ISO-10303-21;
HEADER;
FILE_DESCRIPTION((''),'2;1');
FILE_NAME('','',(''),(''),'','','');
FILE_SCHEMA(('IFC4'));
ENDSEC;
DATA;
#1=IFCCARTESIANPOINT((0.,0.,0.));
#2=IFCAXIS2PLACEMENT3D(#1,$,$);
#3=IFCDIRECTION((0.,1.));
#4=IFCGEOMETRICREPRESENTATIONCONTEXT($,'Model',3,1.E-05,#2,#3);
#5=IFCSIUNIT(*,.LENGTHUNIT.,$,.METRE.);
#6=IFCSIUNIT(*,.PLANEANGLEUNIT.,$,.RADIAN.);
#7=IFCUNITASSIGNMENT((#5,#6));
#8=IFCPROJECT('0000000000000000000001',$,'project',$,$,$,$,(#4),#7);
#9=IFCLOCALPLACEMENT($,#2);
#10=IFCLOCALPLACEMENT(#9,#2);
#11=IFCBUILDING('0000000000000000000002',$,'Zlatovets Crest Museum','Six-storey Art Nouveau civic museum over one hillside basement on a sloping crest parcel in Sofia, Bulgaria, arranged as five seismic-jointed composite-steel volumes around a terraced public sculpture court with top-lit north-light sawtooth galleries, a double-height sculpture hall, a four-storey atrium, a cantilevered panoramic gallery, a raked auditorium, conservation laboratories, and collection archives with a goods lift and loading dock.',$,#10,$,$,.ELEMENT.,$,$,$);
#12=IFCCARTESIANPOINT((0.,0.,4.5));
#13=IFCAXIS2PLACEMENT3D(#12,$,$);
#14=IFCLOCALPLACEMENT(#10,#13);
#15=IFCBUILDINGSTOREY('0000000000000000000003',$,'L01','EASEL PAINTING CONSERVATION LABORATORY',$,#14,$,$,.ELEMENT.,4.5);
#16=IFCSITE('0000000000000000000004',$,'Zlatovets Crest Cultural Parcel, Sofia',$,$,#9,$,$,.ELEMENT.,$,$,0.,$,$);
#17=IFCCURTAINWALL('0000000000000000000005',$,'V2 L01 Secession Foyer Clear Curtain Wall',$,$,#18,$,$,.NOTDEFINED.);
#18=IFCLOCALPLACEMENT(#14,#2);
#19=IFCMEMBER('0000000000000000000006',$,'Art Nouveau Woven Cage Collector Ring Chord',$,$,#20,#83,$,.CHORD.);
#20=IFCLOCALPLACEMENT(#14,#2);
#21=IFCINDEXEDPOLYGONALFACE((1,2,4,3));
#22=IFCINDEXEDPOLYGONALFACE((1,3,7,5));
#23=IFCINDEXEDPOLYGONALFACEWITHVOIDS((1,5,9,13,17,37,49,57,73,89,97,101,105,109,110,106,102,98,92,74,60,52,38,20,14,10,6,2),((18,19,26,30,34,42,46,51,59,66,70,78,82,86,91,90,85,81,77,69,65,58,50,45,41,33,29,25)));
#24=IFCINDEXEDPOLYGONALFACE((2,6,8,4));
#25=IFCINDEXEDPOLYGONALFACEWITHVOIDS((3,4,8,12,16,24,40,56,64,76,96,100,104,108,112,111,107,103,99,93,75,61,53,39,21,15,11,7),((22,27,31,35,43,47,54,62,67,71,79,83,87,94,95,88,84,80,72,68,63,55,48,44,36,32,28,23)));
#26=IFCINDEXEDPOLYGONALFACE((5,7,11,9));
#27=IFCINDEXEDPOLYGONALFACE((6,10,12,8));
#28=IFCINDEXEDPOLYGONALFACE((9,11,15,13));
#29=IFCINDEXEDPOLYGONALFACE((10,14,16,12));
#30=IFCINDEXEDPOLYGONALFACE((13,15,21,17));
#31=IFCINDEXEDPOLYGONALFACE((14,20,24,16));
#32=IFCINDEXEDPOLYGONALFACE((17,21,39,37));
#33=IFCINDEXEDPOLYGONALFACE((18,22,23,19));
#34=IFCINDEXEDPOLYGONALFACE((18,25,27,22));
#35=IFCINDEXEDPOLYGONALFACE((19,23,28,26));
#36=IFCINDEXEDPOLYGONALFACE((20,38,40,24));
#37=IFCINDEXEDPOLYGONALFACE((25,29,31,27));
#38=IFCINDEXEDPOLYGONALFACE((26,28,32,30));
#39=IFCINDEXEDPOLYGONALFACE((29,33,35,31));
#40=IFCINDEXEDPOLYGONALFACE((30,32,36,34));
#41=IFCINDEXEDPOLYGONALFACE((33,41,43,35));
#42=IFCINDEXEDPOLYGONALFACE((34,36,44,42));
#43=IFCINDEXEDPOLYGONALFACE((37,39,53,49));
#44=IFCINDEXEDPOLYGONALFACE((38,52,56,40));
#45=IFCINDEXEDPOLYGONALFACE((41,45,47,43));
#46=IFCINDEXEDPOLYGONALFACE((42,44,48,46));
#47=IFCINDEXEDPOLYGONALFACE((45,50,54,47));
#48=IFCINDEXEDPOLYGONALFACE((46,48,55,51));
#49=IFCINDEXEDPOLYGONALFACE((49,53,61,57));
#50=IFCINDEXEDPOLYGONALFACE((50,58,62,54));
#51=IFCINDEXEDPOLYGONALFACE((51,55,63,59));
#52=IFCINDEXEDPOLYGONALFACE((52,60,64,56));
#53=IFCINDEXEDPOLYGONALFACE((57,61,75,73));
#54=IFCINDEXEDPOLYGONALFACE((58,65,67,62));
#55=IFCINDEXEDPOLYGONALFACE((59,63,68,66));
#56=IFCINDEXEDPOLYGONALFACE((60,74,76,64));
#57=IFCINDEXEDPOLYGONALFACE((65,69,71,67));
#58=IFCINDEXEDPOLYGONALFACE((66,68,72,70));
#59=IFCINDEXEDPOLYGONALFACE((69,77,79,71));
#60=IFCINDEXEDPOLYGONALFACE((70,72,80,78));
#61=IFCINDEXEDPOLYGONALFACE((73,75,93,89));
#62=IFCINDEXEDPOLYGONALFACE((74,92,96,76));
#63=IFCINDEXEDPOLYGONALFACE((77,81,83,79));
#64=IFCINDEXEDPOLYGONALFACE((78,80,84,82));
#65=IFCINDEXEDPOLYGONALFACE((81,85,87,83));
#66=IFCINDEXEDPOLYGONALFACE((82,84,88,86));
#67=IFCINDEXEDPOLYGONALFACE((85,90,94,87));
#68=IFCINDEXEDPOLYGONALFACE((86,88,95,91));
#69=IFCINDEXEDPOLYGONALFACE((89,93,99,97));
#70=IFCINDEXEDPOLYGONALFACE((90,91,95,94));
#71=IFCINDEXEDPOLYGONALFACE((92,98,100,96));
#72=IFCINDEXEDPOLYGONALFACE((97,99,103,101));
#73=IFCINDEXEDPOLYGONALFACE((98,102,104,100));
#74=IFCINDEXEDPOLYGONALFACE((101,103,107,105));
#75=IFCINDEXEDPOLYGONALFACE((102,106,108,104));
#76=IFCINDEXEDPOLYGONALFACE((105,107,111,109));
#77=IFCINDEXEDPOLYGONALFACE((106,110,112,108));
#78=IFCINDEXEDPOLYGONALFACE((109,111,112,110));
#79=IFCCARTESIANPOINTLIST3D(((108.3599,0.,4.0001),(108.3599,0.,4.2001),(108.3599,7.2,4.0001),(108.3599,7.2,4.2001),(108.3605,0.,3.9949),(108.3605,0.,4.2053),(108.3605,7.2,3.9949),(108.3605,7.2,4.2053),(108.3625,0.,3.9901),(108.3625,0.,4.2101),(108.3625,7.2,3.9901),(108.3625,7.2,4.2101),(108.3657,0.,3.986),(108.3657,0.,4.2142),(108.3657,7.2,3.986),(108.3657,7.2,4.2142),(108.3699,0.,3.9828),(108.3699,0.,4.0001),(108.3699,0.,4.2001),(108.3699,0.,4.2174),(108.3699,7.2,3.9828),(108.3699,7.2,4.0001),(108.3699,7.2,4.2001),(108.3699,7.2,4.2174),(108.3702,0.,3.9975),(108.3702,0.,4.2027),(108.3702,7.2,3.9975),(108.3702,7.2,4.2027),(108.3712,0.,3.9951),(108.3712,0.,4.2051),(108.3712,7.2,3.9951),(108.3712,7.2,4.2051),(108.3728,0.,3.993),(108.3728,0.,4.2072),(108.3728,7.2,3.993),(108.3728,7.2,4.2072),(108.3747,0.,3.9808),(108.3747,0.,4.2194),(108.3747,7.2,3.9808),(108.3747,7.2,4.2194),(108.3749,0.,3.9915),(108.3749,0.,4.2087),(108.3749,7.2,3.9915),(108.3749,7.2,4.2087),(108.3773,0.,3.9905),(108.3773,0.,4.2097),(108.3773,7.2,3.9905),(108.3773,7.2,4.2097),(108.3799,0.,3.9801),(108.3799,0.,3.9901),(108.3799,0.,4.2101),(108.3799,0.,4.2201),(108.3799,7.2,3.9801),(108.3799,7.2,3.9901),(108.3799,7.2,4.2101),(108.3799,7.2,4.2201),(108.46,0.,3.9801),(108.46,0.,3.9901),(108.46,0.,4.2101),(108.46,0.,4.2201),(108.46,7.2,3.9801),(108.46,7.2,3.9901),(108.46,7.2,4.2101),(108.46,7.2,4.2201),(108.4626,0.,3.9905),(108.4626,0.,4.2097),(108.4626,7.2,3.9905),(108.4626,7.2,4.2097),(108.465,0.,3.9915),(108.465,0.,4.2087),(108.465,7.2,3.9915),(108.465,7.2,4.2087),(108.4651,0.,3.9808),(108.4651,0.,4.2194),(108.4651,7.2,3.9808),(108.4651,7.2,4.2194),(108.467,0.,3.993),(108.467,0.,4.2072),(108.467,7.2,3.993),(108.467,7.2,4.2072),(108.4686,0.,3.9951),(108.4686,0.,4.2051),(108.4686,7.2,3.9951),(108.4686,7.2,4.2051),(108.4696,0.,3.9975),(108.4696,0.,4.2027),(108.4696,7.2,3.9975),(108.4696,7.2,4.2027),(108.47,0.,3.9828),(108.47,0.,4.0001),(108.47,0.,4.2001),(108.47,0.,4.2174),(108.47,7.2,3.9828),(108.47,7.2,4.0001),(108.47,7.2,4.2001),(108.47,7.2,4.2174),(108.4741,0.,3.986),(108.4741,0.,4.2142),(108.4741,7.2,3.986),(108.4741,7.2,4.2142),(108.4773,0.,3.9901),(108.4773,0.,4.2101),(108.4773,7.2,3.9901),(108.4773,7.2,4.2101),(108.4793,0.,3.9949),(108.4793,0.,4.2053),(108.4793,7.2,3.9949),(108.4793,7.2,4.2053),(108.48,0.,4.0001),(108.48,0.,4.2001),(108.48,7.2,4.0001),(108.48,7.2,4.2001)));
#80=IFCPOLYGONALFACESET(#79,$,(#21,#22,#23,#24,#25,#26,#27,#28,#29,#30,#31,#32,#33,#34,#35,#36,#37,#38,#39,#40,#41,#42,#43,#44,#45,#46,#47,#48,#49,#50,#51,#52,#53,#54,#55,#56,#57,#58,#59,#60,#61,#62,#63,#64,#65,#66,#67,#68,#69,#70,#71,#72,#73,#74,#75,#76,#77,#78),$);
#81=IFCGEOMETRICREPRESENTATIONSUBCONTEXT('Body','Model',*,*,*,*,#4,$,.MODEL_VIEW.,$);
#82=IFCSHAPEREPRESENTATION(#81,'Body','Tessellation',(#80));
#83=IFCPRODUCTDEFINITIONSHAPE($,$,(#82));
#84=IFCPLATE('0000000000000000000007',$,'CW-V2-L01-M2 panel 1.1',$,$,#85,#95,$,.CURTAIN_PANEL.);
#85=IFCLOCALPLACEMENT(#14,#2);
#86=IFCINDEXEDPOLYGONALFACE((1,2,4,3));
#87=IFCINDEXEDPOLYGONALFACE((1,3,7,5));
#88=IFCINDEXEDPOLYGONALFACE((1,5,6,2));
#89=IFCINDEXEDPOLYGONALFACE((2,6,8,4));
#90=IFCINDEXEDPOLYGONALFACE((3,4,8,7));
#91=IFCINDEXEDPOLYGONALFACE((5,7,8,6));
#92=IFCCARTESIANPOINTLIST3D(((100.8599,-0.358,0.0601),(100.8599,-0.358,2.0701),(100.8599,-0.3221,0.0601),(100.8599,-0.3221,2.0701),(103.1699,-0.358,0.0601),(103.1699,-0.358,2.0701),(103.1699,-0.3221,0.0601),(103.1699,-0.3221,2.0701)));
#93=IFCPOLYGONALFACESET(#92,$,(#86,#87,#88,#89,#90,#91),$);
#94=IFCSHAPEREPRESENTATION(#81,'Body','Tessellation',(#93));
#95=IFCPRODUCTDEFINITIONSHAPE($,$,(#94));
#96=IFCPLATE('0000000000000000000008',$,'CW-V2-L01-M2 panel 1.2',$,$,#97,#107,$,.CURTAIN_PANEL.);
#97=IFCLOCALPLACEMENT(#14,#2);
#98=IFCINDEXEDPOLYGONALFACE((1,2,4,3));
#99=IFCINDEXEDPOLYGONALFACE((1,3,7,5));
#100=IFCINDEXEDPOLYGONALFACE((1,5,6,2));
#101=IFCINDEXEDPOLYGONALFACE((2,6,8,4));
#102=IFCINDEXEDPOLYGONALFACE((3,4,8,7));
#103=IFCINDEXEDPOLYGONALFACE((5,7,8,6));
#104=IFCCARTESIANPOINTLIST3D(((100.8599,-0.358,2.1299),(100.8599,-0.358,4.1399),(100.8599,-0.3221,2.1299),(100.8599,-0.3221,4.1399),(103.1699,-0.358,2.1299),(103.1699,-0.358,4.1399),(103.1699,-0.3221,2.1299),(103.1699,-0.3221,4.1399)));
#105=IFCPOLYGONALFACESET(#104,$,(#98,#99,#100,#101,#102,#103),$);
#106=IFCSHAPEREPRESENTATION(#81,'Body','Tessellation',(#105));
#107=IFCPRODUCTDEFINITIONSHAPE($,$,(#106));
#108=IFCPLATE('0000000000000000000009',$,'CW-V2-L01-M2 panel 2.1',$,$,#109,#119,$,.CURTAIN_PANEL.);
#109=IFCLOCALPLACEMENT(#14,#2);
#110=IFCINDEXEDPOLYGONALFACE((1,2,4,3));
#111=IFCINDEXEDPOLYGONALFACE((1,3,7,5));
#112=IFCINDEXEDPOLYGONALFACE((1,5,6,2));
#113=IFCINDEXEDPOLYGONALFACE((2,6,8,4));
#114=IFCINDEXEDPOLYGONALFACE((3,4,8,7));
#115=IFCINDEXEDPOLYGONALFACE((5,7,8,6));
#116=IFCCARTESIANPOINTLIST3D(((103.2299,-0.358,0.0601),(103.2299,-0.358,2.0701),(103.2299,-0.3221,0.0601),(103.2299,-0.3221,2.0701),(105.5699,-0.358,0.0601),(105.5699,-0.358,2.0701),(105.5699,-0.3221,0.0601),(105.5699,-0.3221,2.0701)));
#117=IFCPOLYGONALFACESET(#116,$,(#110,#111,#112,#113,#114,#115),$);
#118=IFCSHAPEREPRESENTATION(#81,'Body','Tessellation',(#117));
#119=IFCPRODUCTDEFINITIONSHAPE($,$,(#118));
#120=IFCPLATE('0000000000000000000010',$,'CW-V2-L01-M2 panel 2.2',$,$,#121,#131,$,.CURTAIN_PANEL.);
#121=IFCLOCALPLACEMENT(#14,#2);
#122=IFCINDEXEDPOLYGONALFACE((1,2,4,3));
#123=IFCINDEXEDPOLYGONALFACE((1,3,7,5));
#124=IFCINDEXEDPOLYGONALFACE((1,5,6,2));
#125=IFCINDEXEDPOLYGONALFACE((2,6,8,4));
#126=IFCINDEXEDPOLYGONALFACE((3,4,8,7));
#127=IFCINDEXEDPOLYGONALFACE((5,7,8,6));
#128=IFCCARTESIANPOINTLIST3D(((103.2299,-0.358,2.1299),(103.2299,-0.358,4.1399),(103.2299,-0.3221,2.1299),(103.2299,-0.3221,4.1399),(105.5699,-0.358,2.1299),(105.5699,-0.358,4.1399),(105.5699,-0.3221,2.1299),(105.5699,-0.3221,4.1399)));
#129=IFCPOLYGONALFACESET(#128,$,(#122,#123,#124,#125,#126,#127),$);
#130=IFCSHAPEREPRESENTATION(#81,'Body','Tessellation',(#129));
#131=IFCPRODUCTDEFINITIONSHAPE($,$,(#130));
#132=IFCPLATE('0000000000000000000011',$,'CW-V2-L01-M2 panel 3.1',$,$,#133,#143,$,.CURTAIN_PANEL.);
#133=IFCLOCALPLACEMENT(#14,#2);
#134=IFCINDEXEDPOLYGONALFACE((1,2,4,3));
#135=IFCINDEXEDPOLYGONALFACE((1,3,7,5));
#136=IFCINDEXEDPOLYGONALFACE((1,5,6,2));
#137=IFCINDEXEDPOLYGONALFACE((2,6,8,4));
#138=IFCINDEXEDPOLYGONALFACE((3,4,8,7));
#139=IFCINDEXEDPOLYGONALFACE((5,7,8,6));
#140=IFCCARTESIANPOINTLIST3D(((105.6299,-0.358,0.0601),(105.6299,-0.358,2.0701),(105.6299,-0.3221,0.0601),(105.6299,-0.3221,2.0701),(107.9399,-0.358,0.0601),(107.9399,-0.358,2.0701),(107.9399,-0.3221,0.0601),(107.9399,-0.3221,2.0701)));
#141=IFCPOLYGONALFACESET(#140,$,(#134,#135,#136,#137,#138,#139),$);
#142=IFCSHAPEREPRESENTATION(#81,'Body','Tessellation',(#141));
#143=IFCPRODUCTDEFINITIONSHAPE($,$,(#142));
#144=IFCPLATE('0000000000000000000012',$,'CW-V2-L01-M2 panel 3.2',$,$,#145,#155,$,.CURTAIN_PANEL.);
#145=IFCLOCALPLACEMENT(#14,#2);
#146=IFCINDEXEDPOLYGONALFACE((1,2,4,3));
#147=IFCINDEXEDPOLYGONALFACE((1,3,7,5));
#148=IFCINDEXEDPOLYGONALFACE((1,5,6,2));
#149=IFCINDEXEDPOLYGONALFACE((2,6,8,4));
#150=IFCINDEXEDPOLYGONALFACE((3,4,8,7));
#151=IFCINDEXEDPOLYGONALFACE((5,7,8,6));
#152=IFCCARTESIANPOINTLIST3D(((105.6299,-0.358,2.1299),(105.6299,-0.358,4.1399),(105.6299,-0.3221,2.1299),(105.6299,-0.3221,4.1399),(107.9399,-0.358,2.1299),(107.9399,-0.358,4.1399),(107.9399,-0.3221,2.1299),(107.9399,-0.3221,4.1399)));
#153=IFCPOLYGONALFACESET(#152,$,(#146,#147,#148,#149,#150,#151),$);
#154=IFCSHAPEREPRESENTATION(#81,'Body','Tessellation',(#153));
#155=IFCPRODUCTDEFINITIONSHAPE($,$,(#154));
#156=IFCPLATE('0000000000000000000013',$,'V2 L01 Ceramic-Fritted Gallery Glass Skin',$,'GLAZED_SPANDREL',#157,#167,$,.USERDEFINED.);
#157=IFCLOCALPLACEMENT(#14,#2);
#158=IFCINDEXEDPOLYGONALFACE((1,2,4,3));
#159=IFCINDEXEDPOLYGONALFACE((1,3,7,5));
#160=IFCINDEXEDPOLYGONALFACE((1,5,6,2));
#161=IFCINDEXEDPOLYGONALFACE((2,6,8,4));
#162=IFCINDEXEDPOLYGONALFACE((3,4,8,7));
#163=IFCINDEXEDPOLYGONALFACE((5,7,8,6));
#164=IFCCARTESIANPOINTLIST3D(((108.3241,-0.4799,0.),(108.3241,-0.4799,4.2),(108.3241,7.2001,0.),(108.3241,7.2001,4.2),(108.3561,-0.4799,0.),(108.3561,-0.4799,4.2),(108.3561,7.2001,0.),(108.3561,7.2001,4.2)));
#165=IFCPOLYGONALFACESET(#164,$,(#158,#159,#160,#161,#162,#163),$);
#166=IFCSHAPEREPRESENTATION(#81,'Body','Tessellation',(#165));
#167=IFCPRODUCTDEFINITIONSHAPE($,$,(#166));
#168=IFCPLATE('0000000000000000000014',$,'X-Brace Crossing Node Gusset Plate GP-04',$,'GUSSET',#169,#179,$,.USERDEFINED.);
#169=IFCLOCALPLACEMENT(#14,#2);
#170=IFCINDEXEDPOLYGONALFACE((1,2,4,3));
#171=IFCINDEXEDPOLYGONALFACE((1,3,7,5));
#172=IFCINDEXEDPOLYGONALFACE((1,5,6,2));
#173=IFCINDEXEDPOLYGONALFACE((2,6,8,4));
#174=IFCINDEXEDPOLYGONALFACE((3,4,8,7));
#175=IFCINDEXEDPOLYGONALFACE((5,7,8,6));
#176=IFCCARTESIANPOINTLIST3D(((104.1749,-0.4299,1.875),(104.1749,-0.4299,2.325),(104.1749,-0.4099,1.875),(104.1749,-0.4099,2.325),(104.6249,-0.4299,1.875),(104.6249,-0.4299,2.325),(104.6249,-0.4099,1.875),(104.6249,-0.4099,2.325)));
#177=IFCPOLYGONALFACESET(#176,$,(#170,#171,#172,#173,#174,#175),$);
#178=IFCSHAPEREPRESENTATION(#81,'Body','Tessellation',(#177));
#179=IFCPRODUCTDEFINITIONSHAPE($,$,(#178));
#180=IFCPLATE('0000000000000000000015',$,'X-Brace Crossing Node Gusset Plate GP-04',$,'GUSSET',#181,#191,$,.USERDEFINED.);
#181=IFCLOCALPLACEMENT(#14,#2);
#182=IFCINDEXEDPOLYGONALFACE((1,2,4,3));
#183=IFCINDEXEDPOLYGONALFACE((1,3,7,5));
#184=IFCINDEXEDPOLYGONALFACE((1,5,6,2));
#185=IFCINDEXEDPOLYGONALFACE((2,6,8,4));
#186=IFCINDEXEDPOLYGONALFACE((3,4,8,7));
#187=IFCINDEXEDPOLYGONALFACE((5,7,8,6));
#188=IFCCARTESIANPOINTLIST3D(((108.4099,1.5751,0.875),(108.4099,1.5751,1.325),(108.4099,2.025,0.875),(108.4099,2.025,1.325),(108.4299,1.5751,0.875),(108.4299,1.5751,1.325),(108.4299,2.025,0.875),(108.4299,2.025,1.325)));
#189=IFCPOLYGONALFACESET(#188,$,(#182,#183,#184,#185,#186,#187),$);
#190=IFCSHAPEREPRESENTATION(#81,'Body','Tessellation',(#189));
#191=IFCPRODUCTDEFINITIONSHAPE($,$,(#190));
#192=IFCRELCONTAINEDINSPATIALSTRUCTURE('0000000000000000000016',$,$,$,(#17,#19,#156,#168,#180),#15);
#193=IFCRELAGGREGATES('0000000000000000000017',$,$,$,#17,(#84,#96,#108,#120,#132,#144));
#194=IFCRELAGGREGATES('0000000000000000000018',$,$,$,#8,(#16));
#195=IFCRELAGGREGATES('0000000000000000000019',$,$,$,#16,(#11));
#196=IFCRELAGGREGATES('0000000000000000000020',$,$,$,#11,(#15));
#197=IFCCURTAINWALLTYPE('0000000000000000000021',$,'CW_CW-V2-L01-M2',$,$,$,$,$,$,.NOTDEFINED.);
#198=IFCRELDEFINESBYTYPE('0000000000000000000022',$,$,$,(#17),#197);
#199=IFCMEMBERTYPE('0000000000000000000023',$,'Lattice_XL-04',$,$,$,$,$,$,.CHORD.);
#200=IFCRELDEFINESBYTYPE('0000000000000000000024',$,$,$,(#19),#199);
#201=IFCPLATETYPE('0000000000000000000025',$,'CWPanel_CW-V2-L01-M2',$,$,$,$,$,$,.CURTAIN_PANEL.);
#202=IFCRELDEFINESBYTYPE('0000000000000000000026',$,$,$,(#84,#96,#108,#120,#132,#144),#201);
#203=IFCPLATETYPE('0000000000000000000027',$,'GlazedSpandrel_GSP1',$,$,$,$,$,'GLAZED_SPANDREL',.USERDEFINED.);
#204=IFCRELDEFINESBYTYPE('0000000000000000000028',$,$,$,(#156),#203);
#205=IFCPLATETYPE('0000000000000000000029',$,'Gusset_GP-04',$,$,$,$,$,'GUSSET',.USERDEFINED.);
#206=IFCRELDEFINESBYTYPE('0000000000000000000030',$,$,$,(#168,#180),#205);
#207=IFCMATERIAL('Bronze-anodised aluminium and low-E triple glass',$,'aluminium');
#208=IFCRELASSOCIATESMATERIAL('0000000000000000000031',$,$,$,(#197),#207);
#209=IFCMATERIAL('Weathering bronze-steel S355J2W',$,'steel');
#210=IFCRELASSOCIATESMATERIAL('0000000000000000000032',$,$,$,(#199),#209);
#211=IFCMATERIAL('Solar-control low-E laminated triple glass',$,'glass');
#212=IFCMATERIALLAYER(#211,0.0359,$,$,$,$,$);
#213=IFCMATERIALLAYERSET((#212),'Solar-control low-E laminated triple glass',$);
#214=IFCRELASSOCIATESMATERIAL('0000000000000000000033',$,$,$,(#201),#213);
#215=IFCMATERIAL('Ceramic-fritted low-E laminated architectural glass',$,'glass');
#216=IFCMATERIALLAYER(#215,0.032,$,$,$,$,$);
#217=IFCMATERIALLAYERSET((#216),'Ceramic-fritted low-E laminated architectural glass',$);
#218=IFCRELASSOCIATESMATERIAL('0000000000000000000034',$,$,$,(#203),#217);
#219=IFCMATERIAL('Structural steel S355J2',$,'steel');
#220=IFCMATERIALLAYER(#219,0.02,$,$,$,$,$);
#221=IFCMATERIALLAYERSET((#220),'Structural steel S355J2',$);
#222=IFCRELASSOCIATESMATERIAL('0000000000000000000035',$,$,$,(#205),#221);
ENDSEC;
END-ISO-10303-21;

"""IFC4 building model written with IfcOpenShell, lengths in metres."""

from ifc_helpers import new_model, si_unit, direction, frame, origin, origin_2d, place, context, subcontext, project, spatial, rectangle, hollow_rectangle, extrude, material, layer, layer_set, material_profile, profile_set, type_object, element, aggregate, save


model = new_model("IFC4")

# Units and contexts
model_context = context("Model", 3, precision=1e-05, world=origin(), true_north=direction((0.0, 1.0)))
body_context = subcontext(model_context, "Body", "Model", "MODEL_VIEW")
ifc_project = project(units=[si_unit("LENGTHUNIT", "METRE"), si_unit("PLANEANGLEUNIT", "RADIAN")], contexts=[model_context])

# Site, building, storey
site_placement = place(None, origin())
site = spatial("IfcSite", under=ifc_project, at=site_placement, Name="Zlatovets Crest Cultural Parcel, Sofia", CompositionType="ELEMENT", RefElevation=0.0)
building_placement = place(site_placement, origin())
building = spatial("IfcBuilding", under=site, at=building_placement, Name="Zlatovets Crest Museum", Description="Six-storey Art Nouveau civic museum over one hillside basement on a sloping crest parcel in Sofia, Bulgaria, arranged as five seismic-jointed composite-steel volumes around a terraced public sculpture court with top-lit north-light sawtooth galleries, a double-height sculpture hall, a four-storey atrium, a cantilevered panoramic gallery, a raked auditorium, conservation laboratories, and collection archives with a goods lift and loading dock.", CompositionType="ELEMENT")
storey_placement = place(building_placement, frame((0.0, 0.0, 4.5)))
storey = spatial("IfcBuildingStorey", under=building, at=storey_placement, Name="L01", Description="EASEL PAINTING CONSERVATION LABORATORY", CompositionType="ELEMENT", Elevation=4.5)

# Shared definitions
ifc_material_1 = material(Name="Structural steel S355J2", Category="steel")

# Curtain wall
ifc_material_2 = material(Name="Bronze-anodised aluminium and low-E triple glass", Category="aluminium")
curtain_wall_type = type_object("IfcCurtainWallType", Name="CW_CW-V2-L01-M2", PredefinedType="NOTDEFINED", material=ifc_material_2)
curtain_wall_placement = place(storey_placement, origin())
curtain_wall = element("IfcCurtainWall", 1, at=curtain_wall_placement, inside=storey, type_object=curtain_wall_type, Name="V2 L01 Secession Foyer Clear Curtain Wall", PredefinedType="NOTDEFINED")

# Member
ifc_material_3 = material(Name="Weathering bronze-steel S355J2W", Category="steel")
ifc_material_profile_1 = material_profile(ifc_material_3, hollow_rectangle(XDim=0.1201, YDim=0.24, WallThickness=0.01, InnerFilletRadius=0.01, OuterFilletRadius=0.02, at=origin_2d()), Name="RHS 120x240x10.0")
ifc_profile_set_1 = profile_set([ifc_material_profile_1], Name="Weathering bronze-steel S355J2W")
member_type_1 = type_object("IfcMemberType", Name="Lattice_XL-04", PredefinedType="CHORD", material=ifc_profile_set_1)
member_1_placement = place(storey_placement, frame((108.4199, 0.0, 4.1001), z_axis=(0.0, 1.0, 0.0), x_axis=(-1.0, 0.0, 0.0)))
element("IfcMember", 2, at=member_1_placement, inside=storey, type_object=member_type_1, Name="Art Nouveau Woven Cage Collector Ring Chord", PredefinedType="CHORD", context=body_context, shape_type="SweptSolid", body=[
    extrude(hollow_rectangle(XDim=0.1201, YDim=0.24, WallThickness=0.01, InnerFilletRadius=0.01, OuterFilletRadius=0.02, at=origin_2d()), origin(), (0.0, 0.0, 1.0), 7.2),
])

# Plates
ifc_material_4 = material(Name="Solar-control low-E laminated triple glass", Category="glass")
ifc_layer_1 = layer(ifc_material_4, 0.0359)
ifc_layer_set_1 = layer_set([ifc_layer_1], Name="Solar-control low-E laminated triple glass")
plate_type_1 = type_object("IfcPlateType", Name="CWPanel_CW-V2-L01-M2", PredefinedType="CURTAIN_PANEL", material=ifc_layer_set_1)
plate_1_placement = place(storey_placement, frame((102.0149, -0.3401, 0.0601), z_axis=(0.0, 0.0, 1.0), x_axis=(1.0, 0.0, 0.0)))
plate_1 = element("IfcPlate", 3, at=plate_1_placement, type_object=plate_type_1, Name="CW-V2-L01-M2 panel 1.1", PredefinedType="CURTAIN_PANEL", context=body_context, shape_type="SweptSolid", body=[
    extrude(rectangle(XDim=2.3101, YDim=0.0359, at=origin_2d()), origin(), (0.0, 0.0, 1.0), 2.01),
])
plate_2_placement = place(storey_placement, frame((102.0149, -0.3401, 2.1299), z_axis=(0.0, 0.0, 1.0), x_axis=(1.0, 0.0, 0.0)))
plate_2 = element("IfcPlate", 4, at=plate_2_placement, type_object=plate_type_1, Name="CW-V2-L01-M2 panel 1.2", PredefinedType="CURTAIN_PANEL", context=body_context, shape_type="SweptSolid", body=[
    extrude(rectangle(XDim=2.3101, YDim=0.0359, at=origin_2d()), origin(), (0.0, 0.0, 1.0), 2.01),
])
plate_3_placement = place(storey_placement, frame((104.3999, -0.3401, 0.0601), z_axis=(0.0, 0.0, 1.0), x_axis=(1.0, 0.0, 0.0)))
plate_3 = element("IfcPlate", 5, at=plate_3_placement, type_object=plate_type_1, Name="CW-V2-L01-M2 panel 2.1", PredefinedType="CURTAIN_PANEL", context=body_context, shape_type="SweptSolid", body=[
    extrude(rectangle(XDim=2.3401, YDim=0.0359, at=origin_2d()), origin(), (0.0, 0.0, 1.0), 2.01),
])
plate_4_placement = place(storey_placement, frame((104.3999, -0.3401, 2.1299), z_axis=(0.0, 0.0, 1.0), x_axis=(1.0, 0.0, 0.0)))
plate_4 = element("IfcPlate", 6, at=plate_4_placement, type_object=plate_type_1, Name="CW-V2-L01-M2 panel 2.2", PredefinedType="CURTAIN_PANEL", context=body_context, shape_type="SweptSolid", body=[
    extrude(rectangle(XDim=2.3401, YDim=0.0359, at=origin_2d()), origin(), (0.0, 0.0, 1.0), 2.01),
])
plate_5_placement = place(storey_placement, frame((106.7849, -0.3401, 0.0601), z_axis=(0.0, 0.0, 1.0), x_axis=(1.0, 0.0, 0.0)))
plate_5 = element("IfcPlate", 7, at=plate_5_placement, type_object=plate_type_1, Name="CW-V2-L01-M2 panel 3.1", PredefinedType="CURTAIN_PANEL", context=body_context, shape_type="SweptSolid", body=[
    extrude(rectangle(XDim=2.3101, YDim=0.0359, at=origin_2d()), origin(), (0.0, 0.0, 1.0), 2.01),
])
plate_6_placement = place(storey_placement, frame((106.7849, -0.3401, 2.1299), z_axis=(0.0, 0.0, 1.0), x_axis=(1.0, 0.0, 0.0)))
plate_6 = element("IfcPlate", 8, at=plate_6_placement, type_object=plate_type_1, Name="CW-V2-L01-M2 panel 3.2", PredefinedType="CURTAIN_PANEL", context=body_context, shape_type="SweptSolid", body=[
    extrude(rectangle(XDim=2.3101, YDim=0.0359, at=origin_2d()), origin(), (0.0, 0.0, 1.0), 2.01),
])
aggregate(curtain_wall, [plate_1, plate_2, plate_3, plate_4, plate_5, plate_6])

# Plates
ifc_material_5 = material(Name="Ceramic-fritted low-E laminated architectural glass", Category="glass")
ifc_layer_2 = layer(ifc_material_5, 0.032)
ifc_layer_set_2 = layer_set([ifc_layer_2], Name="Ceramic-fritted low-E laminated architectural glass")
plate_type_2 = type_object("IfcPlateType", Name="GlazedSpandrel_GSP1", ElementType="GLAZED_SPANDREL", PredefinedType="USERDEFINED", material=ifc_layer_set_2)
plate_7_placement = place(storey_placement, frame((108.3401, 3.3601, 0.0), z_axis=(0.0, 0.0, 1.0), x_axis=(0.0, 1.0, 0.0)))
element("IfcPlate", 9, at=plate_7_placement, inside=storey, type_object=plate_type_2, Name="V2 L01 Ceramic-Fritted Gallery Glass Skin", ObjectType="GLAZED_SPANDREL", PredefinedType="USERDEFINED", context=body_context, shape_type="SweptSolid", body=[
    extrude(rectangle(XDim=7.6799, YDim=0.032, at=origin_2d()), origin(), (0.0, 0.0, 1.0), 4.2),
])
ifc_layer_3 = layer(ifc_material_1, 0.02)
ifc_layer_set_3 = layer_set([ifc_layer_3], Name="Structural steel S355J2")
plate_type_3 = type_object("IfcPlateType", Name="Gusset_GP-04", ElementType="GUSSET", PredefinedType="USERDEFINED", material=ifc_layer_set_3)
plate_8_placement = place(storey_placement, frame((104.3999, -0.4199, 1.875), z_axis=(0.0, 0.0, 1.0), x_axis=(1.0, 0.0, 0.0)))
element("IfcPlate", 10, at=plate_8_placement, inside=storey, type_object=plate_type_3, Name="X-Brace Crossing Node Gusset Plate GP-04", ObjectType="GUSSET", PredefinedType="USERDEFINED", context=body_context, shape_type="SweptSolid", body=[
    extrude(rectangle(XDim=0.45, YDim=0.02, at=origin_2d()), origin(), (0.0, 0.0, 1.0), 0.45),
])
for number, where, z_axis, x_axis, name in (
    (11, (108.4199, 1.8, 0.875), (0.0, 0.0, 1.0), (1.0, 0.0, 0.0), "X-Brace Crossing Node Gusset Plate GP-04"),
):
    element("IfcPlate", number, at=place(storey_placement, frame(where, z_axis=z_axis, x_axis=x_axis)), inside=storey, type_object=plate_type_3, Name=name, ObjectType="GUSSET", PredefinedType="USERDEFINED", context=body_context, shape_type="SweptSolid", body=[
        extrude(rectangle(XDim=0.02, YDim=0.45, at=origin_2d()), origin(), (0.0, 0.0, 1.0), 0.45),
    ])

save(model, "model.ifc")
